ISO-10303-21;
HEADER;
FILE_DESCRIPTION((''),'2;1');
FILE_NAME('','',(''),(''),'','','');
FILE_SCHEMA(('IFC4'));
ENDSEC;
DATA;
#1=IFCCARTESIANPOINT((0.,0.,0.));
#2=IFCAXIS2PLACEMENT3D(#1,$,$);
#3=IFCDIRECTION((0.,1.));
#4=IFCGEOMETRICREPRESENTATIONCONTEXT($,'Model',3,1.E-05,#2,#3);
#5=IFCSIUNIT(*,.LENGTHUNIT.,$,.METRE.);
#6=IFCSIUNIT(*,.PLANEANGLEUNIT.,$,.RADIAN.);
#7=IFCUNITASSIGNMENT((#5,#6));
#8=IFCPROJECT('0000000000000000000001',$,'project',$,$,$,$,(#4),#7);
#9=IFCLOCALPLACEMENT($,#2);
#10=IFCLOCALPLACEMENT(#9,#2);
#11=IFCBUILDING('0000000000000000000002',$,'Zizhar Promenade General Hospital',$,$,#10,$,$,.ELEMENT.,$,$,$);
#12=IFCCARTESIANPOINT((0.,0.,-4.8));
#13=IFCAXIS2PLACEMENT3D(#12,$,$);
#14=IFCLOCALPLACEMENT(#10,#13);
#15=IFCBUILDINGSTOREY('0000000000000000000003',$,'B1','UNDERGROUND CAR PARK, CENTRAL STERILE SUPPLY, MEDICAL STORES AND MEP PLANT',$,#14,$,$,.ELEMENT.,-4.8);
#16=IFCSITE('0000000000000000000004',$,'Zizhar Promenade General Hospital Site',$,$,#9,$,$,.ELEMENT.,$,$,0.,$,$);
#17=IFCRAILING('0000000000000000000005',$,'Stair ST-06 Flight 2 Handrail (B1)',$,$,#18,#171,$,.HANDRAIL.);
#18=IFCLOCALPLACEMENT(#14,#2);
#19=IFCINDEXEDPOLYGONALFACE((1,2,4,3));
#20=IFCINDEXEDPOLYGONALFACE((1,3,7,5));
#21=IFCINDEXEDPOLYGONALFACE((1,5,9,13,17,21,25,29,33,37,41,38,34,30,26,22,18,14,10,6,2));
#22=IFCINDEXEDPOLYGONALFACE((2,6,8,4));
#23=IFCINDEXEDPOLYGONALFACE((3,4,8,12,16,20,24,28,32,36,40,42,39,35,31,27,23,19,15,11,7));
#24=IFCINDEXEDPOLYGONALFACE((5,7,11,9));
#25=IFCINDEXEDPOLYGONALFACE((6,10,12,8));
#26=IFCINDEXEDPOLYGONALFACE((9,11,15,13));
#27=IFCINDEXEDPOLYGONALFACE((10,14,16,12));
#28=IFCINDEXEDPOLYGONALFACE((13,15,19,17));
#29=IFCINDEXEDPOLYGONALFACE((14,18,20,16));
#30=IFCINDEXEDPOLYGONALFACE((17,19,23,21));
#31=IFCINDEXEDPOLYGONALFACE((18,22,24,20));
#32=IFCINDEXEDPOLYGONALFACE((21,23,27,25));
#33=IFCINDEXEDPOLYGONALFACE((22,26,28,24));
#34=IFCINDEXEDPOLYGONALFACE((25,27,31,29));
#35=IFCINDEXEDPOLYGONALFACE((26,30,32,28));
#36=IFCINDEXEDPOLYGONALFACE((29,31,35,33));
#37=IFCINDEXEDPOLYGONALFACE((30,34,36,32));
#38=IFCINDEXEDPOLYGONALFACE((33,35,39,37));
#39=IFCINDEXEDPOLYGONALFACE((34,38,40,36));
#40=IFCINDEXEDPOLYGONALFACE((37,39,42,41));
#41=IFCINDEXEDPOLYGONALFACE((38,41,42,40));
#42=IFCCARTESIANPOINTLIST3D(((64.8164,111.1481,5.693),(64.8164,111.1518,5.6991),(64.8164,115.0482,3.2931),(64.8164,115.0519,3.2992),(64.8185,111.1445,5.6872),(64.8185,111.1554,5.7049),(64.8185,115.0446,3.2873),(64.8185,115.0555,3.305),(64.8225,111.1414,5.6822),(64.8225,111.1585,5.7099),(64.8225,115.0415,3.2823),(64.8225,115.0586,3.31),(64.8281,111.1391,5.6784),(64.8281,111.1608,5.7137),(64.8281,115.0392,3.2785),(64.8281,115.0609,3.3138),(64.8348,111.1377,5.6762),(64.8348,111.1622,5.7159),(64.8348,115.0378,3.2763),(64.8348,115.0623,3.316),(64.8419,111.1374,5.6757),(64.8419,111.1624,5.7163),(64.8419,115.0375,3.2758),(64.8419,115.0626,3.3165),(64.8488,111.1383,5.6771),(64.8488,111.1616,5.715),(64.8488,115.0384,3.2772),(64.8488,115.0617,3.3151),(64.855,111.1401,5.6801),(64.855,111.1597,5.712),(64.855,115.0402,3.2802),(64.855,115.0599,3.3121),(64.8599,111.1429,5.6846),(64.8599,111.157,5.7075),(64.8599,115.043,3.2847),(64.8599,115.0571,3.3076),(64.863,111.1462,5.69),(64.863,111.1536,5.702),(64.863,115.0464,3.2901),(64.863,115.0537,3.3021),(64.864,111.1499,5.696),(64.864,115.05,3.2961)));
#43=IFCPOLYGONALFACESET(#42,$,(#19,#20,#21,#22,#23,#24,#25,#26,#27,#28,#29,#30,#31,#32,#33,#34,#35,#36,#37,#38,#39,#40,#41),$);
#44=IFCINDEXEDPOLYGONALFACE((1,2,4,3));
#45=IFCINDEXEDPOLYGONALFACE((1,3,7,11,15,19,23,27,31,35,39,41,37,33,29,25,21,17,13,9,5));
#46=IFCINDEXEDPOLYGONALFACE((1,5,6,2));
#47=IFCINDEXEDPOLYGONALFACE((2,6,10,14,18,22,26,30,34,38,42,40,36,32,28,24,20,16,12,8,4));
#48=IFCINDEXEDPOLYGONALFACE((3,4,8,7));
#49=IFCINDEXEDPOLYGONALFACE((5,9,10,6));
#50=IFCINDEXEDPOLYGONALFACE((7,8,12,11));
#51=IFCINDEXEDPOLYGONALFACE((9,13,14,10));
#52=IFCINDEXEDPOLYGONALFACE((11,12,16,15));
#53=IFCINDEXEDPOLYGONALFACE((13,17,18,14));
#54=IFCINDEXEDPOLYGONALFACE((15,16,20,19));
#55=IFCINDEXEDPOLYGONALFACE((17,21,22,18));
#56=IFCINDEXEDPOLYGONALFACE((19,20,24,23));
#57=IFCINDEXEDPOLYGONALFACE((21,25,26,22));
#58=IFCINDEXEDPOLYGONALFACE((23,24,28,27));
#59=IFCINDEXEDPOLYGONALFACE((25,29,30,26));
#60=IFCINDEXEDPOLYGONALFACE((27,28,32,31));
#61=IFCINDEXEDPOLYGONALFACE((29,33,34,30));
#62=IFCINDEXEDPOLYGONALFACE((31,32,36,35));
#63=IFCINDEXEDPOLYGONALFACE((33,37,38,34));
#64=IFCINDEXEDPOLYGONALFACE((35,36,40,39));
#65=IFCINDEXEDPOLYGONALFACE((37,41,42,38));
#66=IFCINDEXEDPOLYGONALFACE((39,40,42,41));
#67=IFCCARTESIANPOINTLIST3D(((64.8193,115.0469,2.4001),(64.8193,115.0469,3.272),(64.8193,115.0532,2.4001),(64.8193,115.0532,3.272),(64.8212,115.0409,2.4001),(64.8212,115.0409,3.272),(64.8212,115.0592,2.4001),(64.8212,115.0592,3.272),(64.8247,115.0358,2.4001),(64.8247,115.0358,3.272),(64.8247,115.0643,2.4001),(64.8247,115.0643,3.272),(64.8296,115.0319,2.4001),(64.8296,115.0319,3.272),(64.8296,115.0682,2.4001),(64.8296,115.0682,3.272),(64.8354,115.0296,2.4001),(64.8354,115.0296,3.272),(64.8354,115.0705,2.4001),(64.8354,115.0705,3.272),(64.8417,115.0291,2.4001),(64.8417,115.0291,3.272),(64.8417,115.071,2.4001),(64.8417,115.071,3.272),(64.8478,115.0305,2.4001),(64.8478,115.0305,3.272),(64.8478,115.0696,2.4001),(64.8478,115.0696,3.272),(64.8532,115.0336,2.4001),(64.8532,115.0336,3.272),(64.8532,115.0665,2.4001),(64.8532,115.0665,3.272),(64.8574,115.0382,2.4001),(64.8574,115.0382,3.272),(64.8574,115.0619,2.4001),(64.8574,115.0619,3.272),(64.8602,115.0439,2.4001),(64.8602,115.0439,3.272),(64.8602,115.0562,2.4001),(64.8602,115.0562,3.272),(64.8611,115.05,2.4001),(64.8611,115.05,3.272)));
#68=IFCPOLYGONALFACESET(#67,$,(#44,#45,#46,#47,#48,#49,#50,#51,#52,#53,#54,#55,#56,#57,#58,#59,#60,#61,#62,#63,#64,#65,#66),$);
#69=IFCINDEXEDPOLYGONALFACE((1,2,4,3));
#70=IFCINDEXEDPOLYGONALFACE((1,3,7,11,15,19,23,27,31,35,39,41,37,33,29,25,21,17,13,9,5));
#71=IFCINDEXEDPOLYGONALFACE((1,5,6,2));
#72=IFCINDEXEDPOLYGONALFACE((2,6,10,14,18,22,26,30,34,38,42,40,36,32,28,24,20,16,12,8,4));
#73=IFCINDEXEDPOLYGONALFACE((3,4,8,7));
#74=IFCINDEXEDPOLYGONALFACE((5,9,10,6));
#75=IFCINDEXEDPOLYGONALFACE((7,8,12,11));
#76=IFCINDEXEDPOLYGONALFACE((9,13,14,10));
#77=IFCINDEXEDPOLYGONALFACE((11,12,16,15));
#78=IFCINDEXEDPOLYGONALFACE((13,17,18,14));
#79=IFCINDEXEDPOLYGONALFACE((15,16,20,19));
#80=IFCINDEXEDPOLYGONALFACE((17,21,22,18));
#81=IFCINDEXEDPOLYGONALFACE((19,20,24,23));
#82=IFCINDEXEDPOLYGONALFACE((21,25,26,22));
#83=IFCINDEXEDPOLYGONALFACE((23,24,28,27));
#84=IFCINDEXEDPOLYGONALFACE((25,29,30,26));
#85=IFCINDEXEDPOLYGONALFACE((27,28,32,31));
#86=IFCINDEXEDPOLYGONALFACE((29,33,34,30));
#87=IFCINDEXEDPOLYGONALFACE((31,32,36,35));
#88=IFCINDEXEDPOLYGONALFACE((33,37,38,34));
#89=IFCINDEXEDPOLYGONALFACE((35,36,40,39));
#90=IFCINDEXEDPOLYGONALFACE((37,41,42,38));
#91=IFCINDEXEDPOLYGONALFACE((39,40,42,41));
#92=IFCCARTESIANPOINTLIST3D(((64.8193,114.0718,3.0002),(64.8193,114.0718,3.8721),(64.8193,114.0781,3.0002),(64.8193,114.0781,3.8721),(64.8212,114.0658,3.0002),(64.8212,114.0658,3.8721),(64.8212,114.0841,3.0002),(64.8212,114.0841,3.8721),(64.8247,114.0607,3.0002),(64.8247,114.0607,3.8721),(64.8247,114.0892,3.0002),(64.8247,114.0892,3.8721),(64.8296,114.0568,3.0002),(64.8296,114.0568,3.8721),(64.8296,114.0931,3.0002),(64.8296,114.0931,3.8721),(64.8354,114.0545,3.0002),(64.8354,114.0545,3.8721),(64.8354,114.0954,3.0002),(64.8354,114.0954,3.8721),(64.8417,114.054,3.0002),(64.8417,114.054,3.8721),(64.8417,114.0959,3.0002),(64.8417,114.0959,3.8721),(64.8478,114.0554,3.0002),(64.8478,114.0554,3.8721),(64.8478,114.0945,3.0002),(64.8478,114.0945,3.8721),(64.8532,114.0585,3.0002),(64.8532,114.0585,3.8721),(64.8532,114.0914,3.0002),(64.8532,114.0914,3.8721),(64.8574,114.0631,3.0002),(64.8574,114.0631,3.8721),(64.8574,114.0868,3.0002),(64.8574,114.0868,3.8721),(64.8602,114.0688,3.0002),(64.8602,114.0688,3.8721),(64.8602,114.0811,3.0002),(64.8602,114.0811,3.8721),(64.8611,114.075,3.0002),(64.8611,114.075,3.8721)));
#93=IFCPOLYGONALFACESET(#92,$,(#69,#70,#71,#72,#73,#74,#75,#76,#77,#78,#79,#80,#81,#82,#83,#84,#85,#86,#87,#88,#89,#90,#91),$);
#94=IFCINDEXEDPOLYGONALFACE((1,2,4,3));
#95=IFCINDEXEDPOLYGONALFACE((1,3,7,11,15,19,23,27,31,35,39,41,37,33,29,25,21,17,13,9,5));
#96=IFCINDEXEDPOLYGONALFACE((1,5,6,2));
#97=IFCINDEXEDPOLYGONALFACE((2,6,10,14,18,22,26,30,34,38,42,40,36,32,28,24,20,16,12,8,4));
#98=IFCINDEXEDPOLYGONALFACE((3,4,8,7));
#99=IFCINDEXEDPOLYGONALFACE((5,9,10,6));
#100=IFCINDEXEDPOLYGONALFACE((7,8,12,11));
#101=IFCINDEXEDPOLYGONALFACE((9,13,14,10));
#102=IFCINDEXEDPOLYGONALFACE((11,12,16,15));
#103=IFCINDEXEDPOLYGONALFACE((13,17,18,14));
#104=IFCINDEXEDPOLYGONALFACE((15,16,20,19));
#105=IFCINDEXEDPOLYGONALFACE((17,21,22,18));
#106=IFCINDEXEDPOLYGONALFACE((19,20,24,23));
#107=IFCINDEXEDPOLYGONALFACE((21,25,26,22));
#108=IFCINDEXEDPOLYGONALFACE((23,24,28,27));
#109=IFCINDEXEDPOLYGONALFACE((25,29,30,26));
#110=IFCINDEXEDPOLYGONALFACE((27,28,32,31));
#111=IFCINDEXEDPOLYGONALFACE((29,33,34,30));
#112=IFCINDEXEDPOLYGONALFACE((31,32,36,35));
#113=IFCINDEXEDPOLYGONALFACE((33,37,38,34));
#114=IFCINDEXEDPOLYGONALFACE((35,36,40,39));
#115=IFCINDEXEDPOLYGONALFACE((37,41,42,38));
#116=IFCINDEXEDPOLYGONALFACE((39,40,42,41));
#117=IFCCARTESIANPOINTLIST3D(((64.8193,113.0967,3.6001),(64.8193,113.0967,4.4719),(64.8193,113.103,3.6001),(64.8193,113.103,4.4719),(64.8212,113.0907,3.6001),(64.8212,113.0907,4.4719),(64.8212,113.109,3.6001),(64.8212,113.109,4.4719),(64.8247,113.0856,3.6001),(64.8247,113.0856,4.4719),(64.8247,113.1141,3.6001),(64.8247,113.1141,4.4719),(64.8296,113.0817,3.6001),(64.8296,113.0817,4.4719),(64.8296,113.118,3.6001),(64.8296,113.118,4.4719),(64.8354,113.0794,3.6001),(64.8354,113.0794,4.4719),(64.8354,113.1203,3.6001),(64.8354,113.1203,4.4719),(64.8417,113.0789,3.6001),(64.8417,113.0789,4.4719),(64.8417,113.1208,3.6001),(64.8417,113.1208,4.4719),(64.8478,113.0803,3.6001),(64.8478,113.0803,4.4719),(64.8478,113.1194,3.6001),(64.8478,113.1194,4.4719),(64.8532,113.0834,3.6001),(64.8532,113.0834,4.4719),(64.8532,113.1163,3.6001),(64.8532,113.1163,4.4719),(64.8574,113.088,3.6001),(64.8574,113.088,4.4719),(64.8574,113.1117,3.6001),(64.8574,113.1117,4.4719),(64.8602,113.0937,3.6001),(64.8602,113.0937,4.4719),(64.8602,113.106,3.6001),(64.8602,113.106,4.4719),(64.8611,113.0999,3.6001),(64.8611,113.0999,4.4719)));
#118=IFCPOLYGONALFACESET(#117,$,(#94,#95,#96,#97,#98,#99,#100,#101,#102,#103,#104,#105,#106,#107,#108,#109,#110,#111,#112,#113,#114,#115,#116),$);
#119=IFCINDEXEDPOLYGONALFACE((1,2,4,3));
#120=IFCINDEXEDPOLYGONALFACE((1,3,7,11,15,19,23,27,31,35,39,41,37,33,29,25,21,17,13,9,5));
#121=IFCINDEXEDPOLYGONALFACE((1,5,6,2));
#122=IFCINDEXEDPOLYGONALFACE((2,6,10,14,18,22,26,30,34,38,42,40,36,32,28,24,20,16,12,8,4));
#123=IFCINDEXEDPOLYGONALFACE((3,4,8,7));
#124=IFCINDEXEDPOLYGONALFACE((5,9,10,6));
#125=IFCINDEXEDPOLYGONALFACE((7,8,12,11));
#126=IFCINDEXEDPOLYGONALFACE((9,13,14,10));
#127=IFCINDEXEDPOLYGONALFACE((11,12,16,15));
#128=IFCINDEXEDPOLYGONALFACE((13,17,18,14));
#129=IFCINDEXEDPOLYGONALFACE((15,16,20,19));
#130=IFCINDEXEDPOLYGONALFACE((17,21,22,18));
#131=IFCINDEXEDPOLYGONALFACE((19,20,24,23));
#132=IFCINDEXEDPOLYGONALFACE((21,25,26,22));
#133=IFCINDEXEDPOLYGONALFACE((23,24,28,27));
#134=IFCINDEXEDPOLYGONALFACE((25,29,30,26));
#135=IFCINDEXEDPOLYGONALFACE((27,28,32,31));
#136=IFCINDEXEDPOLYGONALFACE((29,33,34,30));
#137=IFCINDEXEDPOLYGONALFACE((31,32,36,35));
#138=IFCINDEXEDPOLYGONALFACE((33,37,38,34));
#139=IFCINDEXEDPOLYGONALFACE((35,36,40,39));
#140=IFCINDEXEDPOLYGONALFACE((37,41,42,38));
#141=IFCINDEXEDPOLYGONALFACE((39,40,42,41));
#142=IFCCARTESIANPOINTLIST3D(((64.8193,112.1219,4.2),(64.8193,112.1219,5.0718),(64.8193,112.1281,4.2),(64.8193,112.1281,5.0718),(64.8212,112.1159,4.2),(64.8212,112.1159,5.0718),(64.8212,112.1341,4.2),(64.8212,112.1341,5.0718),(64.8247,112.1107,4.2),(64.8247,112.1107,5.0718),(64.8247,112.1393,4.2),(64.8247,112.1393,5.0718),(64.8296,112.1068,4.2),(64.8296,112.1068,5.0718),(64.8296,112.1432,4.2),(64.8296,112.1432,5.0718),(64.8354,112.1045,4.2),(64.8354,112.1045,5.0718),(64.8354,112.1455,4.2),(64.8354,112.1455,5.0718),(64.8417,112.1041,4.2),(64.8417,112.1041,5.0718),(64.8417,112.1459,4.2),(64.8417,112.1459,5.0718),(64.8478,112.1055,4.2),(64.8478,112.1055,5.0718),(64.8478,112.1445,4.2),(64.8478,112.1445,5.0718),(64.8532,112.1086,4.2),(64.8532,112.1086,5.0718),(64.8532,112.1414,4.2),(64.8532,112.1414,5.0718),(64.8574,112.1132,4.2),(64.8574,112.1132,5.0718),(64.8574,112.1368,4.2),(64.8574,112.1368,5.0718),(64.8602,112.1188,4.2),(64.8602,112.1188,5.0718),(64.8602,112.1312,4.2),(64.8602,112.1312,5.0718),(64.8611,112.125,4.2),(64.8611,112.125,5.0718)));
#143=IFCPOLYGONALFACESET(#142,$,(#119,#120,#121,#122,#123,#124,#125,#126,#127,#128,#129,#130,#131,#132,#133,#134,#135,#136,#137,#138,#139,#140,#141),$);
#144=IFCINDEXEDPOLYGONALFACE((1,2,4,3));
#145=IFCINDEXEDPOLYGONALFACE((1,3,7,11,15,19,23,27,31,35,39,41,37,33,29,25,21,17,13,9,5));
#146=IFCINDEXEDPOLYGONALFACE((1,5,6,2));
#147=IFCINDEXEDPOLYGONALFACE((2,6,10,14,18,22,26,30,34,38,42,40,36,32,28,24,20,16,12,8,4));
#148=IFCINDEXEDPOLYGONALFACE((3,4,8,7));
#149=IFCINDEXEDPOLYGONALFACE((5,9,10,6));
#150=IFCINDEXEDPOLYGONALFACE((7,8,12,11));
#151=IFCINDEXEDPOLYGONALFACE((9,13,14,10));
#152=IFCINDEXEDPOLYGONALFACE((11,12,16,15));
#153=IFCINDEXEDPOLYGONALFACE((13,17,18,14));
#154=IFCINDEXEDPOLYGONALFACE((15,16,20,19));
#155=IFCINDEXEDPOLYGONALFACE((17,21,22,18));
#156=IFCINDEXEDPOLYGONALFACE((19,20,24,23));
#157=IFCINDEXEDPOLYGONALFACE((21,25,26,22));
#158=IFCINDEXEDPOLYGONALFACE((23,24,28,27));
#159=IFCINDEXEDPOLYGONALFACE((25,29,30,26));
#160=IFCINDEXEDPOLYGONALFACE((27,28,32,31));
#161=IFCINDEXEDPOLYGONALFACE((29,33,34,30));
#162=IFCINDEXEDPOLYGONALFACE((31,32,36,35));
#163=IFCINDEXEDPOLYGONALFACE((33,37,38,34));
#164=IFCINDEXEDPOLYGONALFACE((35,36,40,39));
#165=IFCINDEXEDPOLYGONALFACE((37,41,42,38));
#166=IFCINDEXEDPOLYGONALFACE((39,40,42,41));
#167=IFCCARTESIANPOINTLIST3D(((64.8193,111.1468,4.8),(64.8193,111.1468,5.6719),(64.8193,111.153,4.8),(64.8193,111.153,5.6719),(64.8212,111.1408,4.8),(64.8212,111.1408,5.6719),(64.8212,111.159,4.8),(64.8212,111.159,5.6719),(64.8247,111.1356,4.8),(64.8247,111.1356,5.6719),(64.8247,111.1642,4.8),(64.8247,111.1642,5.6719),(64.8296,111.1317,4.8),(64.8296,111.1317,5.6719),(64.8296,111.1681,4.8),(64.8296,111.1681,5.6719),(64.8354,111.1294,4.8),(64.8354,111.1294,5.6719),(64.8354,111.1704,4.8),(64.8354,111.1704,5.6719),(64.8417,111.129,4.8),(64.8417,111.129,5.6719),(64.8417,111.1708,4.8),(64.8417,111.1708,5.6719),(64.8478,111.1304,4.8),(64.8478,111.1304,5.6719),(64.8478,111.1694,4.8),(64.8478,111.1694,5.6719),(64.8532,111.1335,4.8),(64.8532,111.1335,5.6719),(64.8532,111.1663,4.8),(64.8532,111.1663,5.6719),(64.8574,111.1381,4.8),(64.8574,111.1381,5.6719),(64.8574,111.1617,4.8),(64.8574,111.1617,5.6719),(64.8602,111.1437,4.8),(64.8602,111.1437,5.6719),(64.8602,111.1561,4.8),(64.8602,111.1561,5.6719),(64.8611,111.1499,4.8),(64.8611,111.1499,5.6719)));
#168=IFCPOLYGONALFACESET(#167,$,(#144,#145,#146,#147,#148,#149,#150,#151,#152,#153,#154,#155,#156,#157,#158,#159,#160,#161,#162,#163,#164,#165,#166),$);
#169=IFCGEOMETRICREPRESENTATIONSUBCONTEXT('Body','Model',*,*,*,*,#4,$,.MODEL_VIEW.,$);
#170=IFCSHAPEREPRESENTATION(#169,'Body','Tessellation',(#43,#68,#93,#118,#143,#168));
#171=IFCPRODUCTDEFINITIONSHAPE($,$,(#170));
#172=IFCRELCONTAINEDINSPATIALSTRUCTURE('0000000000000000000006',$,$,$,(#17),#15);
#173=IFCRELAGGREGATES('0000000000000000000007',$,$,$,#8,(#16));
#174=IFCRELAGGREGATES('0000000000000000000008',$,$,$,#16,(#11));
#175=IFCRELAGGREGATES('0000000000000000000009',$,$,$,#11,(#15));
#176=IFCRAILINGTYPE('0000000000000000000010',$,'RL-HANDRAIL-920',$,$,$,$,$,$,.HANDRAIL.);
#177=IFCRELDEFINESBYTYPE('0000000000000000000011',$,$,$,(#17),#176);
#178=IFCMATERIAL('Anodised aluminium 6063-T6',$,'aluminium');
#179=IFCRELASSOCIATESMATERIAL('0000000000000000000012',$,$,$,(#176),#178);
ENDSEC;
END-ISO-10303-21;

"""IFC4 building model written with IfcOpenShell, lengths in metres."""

from ifc_helpers import new_model, si_unit, direction, frame, origin, origin_2d, place, context, subcontext, project, spatial, circle, hollow_circle, extrude, material, material_profile, profile_set, type_object, element, save


model = new_model("IFC4")

# Units and contexts
model_context = context("Model", 3, precision=1e-05, world=origin(), true_north=direction((0.0, 1.0)))
body_context = subcontext(model_context, "Body", "Model", "MODEL_VIEW")
ifc_project = project(units=[si_unit("LENGTHUNIT", "METRE"), si_unit("PLANEANGLEUNIT", "RADIAN")], contexts=[model_context])

# Site, building, storey
site_placement = place(None, origin())
site = spatial("IfcSite", under=ifc_project, at=site_placement, Name="Zizhar Promenade General Hospital Site", CompositionType="ELEMENT", RefElevation=0.0)
building_placement = place(site_placement, origin())
building = spatial("IfcBuilding", under=site, at=building_placement, Name="Zizhar Promenade General Hospital", CompositionType="ELEMENT")
storey_placement = place(building_placement, frame((0.0, 0.0, -4.8)))
storey = spatial("IfcBuildingStorey", under=building, at=storey_placement, Name="B1", Description="UNDERGROUND CAR PARK, CENTRAL STERILE SUPPLY, MEDICAL STORES AND MEP PLANT", CompositionType="ELEMENT", Elevation=-4.8)

# Railing
ifc_material_1 = material(Name="Anodised aluminium 6063-T6", Category="aluminium")
ifc_material_profile_1 = material_profile(ifc_material_1, hollow_circle(Radius=0.0698, WallThickness=0.0063, at=origin_2d()))
ifc_profile_set_1 = profile_set([ifc_material_profile_1], Name="Anodised aluminium 6063-T6")
railing_type_1 = type_object("IfcRailingType", Name="RL-HANDRAIL-920", PredefinedType="HANDRAIL", material=ifc_profile_set_1)
railing_1_placement = place(storey_placement, frame((64.8401, 115.05, 2.4001)))
element("IfcRailing", 1, at=railing_1_placement, inside=storey, type_object=railing_type_1, Name="Stair ST-06 Flight 2 Handrail (B1)", PredefinedType="HANDRAIL", context=body_context, shape_type="SweptSolid", body=[
    extrude(circle(Radius=0.0239, at=origin_2d()), frame((0.0, 0.0, 0.896), z_axis=(0.0, -0.851677, 0.524068), x_axis=(1.0, 0.0, 0.0)), (0.0, 0.0, 1.0), 4.5793),
    extrude(circle(Radius=0.021, at=origin_2d()), origin(), (0.0, 0.0, 1.0), 0.8718),
    extrude(circle(Radius=0.021, at=origin_2d()), frame((0.0, -0.9751, 0.6001)), (0.0, 0.0, 1.0), 0.8718),
    extrude(circle(Radius=0.021, at=origin_2d()), frame((0.0, -1.9502, 1.2)), (0.0, 0.0, 1.0), 0.8718),
    extrude(circle(Radius=0.021, at=origin_2d()), frame((0.0, -2.925, 1.7998)), (0.0, 0.0, 1.0), 0.8718),
    extrude(circle(Radius=0.021, at=origin_2d()), frame((0.0, -3.9001, 2.3999)), (0.0, 0.0, 1.0), 0.8718),
])

save(model, "model.ifc")
